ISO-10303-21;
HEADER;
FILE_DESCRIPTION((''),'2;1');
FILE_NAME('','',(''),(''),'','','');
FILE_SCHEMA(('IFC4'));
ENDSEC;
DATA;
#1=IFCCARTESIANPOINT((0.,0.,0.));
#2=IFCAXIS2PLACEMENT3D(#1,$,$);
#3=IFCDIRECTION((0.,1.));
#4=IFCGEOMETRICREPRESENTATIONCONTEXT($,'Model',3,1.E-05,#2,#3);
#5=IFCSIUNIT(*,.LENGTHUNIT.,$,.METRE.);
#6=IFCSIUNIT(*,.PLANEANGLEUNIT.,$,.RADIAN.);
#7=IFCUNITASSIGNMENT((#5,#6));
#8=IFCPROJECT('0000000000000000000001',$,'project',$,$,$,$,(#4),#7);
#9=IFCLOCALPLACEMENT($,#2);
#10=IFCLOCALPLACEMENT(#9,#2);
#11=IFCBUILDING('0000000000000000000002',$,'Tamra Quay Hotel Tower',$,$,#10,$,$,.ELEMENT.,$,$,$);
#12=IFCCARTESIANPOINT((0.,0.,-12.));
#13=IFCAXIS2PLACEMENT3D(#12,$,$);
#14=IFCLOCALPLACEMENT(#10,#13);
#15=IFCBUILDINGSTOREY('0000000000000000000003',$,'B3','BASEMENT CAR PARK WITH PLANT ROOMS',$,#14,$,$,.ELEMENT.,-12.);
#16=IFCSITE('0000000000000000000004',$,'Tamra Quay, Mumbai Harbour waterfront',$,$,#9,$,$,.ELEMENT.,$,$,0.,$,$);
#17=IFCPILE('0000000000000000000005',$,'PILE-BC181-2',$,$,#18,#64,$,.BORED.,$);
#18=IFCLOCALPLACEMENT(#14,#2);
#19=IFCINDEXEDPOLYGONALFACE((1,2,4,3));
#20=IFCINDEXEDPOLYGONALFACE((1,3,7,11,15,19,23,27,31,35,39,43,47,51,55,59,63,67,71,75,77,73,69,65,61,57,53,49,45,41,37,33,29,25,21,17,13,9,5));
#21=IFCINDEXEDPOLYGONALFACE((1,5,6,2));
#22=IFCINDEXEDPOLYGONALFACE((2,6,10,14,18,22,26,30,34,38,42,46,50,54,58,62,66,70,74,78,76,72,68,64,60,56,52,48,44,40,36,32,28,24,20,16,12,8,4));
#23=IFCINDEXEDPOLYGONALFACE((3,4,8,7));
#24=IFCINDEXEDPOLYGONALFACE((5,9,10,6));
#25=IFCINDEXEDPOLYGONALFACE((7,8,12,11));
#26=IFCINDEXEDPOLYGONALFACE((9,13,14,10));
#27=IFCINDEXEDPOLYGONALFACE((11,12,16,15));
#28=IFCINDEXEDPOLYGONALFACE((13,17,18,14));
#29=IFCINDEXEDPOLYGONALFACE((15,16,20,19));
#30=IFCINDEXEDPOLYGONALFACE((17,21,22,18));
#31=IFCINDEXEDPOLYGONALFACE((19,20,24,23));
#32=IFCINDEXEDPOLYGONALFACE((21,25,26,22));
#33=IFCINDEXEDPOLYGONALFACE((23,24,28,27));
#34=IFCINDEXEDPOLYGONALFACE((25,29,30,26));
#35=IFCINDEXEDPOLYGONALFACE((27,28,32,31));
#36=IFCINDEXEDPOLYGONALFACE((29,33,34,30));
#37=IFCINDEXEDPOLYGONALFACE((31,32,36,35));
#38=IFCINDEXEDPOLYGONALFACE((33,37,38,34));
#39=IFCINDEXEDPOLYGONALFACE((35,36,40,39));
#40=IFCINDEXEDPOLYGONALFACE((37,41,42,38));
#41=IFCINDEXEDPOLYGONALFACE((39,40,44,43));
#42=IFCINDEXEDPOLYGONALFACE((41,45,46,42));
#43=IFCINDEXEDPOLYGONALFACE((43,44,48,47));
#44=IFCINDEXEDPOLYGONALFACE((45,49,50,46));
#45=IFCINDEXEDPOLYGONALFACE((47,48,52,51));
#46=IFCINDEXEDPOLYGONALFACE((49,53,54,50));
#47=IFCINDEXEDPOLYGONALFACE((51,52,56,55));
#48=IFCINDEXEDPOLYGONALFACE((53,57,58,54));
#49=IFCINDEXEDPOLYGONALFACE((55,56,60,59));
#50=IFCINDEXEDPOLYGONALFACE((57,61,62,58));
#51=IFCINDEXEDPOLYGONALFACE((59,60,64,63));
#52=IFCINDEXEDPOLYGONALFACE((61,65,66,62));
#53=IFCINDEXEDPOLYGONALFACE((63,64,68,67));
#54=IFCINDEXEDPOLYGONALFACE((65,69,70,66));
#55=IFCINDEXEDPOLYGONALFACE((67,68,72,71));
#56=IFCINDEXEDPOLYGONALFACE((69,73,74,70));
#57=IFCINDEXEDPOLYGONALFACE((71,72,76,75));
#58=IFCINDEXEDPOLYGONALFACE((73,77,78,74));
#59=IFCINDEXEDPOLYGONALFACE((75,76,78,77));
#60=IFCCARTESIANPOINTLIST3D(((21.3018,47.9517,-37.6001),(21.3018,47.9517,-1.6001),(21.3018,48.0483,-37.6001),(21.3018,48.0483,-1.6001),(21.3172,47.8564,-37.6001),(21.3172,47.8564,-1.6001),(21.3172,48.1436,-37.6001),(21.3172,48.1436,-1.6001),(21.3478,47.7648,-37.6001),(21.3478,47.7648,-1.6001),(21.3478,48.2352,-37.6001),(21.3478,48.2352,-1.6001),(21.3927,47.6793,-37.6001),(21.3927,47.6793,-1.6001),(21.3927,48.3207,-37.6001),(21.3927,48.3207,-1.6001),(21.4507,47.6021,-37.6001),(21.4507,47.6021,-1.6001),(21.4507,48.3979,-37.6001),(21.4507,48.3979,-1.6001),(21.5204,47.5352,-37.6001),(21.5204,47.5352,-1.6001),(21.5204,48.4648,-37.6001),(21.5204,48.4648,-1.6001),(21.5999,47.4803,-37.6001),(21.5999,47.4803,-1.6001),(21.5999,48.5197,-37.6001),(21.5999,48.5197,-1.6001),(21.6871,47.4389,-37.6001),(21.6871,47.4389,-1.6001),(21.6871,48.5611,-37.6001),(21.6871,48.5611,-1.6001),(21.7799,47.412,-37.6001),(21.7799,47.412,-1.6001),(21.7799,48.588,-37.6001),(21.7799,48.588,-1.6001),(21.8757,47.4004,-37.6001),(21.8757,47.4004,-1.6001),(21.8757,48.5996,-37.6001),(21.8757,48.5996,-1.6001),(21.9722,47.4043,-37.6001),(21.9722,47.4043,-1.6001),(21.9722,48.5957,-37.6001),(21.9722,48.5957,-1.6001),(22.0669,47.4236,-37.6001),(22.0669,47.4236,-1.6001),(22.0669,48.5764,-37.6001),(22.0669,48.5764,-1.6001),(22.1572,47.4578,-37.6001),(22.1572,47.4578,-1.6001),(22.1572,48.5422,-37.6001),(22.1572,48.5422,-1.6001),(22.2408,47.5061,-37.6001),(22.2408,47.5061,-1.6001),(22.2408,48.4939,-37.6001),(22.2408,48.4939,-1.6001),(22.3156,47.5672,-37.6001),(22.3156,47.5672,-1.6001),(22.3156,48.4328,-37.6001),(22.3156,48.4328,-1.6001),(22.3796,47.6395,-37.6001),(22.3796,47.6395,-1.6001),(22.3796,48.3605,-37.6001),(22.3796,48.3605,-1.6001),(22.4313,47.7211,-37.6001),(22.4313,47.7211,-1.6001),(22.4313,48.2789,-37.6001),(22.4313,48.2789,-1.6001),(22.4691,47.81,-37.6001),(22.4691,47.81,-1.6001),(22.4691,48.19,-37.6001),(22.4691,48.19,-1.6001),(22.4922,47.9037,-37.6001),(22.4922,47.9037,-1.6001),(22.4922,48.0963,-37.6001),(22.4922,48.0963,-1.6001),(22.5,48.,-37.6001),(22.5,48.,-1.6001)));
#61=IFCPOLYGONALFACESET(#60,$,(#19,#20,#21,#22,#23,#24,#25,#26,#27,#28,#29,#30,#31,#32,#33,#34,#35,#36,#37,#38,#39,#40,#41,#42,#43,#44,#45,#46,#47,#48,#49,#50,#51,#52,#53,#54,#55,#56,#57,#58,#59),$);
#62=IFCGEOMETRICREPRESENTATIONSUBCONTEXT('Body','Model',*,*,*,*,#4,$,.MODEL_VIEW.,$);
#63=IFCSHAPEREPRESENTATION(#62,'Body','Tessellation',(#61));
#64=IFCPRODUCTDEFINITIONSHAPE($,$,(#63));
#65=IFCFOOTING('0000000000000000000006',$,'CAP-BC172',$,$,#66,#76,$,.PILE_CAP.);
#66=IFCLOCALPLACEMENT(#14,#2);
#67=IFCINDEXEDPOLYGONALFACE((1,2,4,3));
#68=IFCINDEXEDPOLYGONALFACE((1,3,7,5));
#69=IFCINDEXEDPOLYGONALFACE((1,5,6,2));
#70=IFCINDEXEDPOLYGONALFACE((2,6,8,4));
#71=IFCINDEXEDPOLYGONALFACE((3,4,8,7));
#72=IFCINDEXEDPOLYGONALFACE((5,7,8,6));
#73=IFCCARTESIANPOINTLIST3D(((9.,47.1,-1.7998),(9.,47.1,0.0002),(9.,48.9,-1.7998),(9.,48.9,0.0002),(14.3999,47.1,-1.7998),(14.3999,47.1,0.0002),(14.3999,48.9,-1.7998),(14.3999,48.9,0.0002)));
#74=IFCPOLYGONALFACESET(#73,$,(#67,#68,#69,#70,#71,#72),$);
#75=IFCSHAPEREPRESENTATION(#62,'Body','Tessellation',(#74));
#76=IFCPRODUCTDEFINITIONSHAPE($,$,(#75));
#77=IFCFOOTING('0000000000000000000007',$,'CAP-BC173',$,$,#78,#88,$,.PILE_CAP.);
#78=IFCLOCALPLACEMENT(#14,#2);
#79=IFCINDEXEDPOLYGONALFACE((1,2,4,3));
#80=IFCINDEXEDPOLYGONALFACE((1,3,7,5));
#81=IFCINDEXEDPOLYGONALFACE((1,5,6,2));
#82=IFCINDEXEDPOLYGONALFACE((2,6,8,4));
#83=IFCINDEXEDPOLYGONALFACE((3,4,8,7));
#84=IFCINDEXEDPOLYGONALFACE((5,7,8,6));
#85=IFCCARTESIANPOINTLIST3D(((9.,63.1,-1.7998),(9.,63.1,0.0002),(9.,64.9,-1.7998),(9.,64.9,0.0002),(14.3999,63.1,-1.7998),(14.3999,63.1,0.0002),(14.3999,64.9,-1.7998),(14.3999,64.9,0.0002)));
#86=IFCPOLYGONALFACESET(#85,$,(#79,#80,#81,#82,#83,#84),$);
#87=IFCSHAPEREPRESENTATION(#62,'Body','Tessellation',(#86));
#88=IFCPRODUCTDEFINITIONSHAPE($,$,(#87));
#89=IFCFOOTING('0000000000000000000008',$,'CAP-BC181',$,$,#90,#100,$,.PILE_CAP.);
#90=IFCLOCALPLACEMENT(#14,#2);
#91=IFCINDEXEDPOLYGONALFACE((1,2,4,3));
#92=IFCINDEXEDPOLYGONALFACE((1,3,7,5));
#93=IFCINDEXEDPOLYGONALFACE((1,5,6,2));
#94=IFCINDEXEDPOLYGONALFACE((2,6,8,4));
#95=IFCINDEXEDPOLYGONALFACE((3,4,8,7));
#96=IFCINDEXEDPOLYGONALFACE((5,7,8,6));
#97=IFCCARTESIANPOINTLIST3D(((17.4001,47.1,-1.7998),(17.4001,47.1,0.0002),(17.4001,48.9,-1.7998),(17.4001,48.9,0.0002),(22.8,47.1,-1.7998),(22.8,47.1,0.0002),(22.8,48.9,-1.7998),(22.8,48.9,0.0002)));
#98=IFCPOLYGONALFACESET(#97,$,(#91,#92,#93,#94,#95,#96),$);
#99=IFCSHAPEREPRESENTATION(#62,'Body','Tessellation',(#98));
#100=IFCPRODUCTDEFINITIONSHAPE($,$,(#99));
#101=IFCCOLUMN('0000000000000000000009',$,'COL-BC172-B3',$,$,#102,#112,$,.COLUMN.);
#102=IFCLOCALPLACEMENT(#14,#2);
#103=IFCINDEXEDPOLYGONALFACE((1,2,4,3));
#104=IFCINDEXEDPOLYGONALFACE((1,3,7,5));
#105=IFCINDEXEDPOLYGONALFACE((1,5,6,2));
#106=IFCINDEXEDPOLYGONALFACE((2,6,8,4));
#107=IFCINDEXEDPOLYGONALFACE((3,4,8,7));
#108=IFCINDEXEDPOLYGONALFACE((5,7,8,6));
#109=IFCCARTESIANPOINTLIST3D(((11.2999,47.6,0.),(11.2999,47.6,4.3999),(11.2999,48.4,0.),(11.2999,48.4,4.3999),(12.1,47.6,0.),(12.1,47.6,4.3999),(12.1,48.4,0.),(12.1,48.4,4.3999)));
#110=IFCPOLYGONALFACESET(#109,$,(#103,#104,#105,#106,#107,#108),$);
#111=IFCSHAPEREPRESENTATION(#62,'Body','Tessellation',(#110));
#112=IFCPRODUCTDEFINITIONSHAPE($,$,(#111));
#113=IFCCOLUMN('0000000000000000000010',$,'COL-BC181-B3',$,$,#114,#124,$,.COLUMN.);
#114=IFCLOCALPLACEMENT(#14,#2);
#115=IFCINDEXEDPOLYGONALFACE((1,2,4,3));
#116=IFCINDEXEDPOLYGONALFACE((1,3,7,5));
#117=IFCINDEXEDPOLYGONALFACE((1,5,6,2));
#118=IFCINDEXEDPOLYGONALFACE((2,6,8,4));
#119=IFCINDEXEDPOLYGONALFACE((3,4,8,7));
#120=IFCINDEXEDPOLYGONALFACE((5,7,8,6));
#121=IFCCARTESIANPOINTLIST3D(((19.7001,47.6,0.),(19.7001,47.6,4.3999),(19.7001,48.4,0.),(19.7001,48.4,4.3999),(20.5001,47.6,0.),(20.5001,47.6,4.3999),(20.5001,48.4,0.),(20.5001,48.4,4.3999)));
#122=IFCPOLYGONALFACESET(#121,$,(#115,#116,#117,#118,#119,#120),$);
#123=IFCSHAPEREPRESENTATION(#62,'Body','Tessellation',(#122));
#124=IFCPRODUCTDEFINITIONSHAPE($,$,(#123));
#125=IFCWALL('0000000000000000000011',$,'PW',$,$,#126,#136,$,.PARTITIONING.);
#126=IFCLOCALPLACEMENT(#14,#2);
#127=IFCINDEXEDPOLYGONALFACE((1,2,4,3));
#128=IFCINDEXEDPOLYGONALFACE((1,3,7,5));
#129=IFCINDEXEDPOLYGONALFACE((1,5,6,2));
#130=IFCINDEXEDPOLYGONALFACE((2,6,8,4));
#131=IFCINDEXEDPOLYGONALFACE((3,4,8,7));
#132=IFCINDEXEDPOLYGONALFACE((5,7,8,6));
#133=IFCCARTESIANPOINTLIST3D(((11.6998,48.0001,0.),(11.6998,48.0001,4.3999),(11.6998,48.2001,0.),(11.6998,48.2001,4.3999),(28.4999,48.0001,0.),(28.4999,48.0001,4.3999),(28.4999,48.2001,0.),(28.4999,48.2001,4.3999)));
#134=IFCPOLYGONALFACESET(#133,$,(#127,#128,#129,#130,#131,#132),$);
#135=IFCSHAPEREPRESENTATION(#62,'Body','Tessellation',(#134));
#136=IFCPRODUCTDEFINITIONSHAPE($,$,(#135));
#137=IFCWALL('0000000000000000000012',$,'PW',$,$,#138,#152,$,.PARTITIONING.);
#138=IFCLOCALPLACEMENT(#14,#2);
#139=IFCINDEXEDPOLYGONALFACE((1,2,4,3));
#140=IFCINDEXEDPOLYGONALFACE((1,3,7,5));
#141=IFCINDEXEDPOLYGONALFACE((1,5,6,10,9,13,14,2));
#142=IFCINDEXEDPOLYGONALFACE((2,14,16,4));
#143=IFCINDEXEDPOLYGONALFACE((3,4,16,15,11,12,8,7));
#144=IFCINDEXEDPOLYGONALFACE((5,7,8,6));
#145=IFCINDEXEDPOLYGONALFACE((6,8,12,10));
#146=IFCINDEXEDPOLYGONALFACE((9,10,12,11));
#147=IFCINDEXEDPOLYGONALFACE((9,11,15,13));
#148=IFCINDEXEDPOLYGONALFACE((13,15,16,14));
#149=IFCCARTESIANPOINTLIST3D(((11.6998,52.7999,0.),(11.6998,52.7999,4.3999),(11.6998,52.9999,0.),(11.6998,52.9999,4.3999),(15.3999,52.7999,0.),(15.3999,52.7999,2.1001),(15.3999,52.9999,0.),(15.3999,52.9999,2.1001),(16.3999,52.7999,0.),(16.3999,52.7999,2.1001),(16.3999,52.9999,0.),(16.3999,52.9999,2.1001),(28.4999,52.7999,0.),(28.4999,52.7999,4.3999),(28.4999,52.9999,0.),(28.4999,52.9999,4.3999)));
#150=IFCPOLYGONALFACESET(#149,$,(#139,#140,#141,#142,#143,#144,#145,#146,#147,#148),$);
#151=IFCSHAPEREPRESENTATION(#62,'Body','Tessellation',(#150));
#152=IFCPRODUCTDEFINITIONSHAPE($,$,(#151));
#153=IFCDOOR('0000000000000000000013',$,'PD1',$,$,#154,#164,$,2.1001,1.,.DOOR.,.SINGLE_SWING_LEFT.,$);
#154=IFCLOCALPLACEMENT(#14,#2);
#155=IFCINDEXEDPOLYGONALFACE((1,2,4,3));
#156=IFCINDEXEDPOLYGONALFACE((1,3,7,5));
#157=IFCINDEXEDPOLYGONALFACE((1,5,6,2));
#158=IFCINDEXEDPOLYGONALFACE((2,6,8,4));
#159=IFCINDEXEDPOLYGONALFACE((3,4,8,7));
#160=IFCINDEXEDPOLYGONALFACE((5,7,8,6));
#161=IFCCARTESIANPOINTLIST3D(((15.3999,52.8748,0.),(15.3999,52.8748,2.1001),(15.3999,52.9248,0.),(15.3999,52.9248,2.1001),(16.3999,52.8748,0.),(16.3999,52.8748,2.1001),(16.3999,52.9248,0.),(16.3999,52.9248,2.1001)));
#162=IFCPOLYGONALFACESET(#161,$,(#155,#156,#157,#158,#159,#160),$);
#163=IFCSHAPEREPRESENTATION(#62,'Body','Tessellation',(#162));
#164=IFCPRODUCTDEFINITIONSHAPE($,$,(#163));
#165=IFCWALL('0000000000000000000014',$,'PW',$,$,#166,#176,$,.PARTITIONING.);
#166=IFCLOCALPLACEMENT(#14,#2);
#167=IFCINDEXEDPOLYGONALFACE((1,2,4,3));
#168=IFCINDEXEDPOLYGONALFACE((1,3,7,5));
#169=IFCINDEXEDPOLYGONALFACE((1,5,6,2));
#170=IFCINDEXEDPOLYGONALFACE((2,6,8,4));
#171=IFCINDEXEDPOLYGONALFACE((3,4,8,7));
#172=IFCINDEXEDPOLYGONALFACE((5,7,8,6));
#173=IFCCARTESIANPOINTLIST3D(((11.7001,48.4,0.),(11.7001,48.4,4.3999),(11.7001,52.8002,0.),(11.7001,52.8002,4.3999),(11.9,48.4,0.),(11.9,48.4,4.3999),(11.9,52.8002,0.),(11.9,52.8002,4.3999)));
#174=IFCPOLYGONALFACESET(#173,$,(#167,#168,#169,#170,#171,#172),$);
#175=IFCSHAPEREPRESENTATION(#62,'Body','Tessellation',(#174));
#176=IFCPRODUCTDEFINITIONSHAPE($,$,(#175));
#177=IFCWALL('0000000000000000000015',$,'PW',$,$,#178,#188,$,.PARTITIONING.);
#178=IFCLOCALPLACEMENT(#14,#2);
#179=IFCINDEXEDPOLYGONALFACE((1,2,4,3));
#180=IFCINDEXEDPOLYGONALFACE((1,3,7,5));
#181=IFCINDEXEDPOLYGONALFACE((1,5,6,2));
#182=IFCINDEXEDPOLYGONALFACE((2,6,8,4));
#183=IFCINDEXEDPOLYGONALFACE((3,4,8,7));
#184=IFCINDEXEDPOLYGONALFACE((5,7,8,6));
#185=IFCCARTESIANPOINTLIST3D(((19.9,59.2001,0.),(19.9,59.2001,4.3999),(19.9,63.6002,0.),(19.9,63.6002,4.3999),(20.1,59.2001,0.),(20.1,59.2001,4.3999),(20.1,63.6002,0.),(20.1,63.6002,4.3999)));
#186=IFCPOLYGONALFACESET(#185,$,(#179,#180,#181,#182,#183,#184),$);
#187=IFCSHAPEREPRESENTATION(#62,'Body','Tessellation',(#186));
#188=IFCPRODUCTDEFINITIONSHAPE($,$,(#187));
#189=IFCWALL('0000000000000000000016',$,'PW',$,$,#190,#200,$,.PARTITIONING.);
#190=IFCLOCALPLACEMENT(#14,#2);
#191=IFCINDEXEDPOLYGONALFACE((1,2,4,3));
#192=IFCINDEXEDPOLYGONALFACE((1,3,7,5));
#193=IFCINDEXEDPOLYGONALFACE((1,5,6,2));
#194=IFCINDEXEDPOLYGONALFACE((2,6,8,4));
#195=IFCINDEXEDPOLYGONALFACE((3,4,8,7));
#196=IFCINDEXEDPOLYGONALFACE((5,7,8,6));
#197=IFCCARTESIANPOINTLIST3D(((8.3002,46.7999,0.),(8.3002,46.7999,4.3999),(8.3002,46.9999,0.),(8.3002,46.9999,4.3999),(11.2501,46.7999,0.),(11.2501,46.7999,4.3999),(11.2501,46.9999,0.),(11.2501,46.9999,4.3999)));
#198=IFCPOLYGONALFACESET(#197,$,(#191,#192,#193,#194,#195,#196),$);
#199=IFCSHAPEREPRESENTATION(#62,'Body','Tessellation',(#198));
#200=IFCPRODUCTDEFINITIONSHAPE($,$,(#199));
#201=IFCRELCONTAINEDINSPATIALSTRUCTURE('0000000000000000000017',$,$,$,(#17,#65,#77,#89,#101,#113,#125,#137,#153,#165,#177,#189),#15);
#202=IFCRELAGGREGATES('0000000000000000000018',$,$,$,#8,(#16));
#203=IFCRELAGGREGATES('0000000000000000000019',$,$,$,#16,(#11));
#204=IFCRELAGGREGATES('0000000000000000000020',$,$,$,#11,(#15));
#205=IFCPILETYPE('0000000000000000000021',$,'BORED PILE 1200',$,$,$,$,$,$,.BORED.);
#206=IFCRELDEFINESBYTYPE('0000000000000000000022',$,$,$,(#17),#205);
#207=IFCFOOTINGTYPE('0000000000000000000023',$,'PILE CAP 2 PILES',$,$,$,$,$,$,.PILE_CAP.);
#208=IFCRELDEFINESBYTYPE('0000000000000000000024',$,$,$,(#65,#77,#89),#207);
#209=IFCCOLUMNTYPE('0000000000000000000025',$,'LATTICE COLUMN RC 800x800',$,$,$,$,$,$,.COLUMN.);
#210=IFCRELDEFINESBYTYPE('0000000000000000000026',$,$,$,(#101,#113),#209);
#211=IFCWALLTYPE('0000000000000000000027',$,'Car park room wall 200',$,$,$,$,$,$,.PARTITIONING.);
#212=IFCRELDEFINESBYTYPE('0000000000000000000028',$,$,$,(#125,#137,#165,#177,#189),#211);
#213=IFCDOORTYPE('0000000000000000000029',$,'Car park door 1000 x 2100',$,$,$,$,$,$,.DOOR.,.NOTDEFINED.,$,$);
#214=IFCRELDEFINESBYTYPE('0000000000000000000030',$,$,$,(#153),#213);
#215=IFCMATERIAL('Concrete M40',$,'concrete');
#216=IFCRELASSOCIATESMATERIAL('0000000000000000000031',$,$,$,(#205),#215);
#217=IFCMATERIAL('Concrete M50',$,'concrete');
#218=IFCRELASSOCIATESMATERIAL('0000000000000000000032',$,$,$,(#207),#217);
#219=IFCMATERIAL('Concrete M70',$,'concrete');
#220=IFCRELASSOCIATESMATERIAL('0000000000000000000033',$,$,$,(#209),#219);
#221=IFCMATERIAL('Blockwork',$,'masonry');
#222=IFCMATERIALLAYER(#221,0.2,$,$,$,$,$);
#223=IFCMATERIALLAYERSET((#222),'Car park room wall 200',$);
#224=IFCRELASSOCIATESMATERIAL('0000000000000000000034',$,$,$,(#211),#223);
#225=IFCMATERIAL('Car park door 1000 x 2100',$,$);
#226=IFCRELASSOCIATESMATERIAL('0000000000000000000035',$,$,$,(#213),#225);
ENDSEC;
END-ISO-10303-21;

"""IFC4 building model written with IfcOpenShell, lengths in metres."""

from ifc_helpers import new_model, si_unit, direction, frame, frame_2d, origin, origin_2d, place, context, subcontext, project, spatial, rectangle, circle, extrude, material, layer, layer_set, material_profile, profile_set, type_object, element, fill, save


model = new_model("IFC4")

# Units and contexts
model_context = context("Model", 3, precision=1e-05, world=origin(), true_north=direction((0.0, 1.0)))
body_context = subcontext(model_context, "Body", "Model", "MODEL_VIEW")
ifc_project = project(units=[si_unit("LENGTHUNIT", "METRE"), si_unit("PLANEANGLEUNIT", "RADIAN")], contexts=[model_context])

# Site, building, storey
site_placement = place(None, origin())
site = spatial("IfcSite", under=ifc_project, at=site_placement, Name="Tamra Quay, Mumbai Harbour waterfront", CompositionType="ELEMENT", RefElevation=0.0)
building_placement = place(site_placement, origin())
building = spatial("IfcBuilding", under=site, at=building_placement, Name="Tamra Quay Hotel Tower", CompositionType="ELEMENT")
storey_placement = place(building_placement, frame((0.0, 0.0, -12.0)))
storey = spatial("IfcBuildingStorey", under=building, at=storey_placement, Name="B3", Description="BASEMENT CAR PARK WITH PLANT ROOMS", CompositionType="ELEMENT", Elevation=-12.0)

# Pile
ifc_material_1 = material(Name="Concrete M40", Category="concrete")
ifc_material_profile_1 = material_profile(ifc_material_1, circle(Radius=0.6001, at=origin_2d()), Name="BORED PILE 1200")
ifc_profile_set_1 = profile_set([ifc_material_profile_1], Name="Concrete M40")
pile_type = type_object("IfcPileType", Name="BORED PILE 1200", PredefinedType="BORED", material=ifc_profile_set_1)
for number, where, z_axis, x_axis, name in (
    (1, (21.8999, 48.0, -1.6001), (0.0, 0.0, -1.0), (1.0, 0.0, 0.0), "PILE-BC181-2"),
):
    element("IfcPile", number, at=place(storey_placement, frame(where, z_axis=z_axis, x_axis=x_axis)), inside=storey, type_object=pile_type, Name=name, PredefinedType="BORED", context=body_context, shape_type="SweptSolid", body=[
        extrude(circle(Radius=0.6001, at=origin_2d()), origin(), (0.0, 0.0, 1.0), 36.0),
    ])

# Footings
ifc_material_2 = material(Name="Concrete M50", Category="concrete")
footing_type = type_object("IfcFootingType", Name="PILE CAP 2 PILES", PredefinedType="PILE_CAP", material=ifc_material_2)
for number, where, z_axis, x_axis, name in (
    (2, (11.7, 48.0, -1.7998), (0.0, 0.0, 1.0), (1.0, 0.0, 0.0), "CAP-BC172"),
    (3, (11.7, 64.0, -1.7998), (0.0, 0.0, 1.0), (1.0, 0.0, 0.0), "CAP-BC173"),
    (4, (20.1001, 48.0, -1.7998), (0.0, 0.0, 1.0), (1.0, 0.0, 0.0), "CAP-BC181"),
):
    element("IfcFooting", number, at=place(storey_placement, frame(where, z_axis=z_axis, x_axis=x_axis)), inside=storey, type_object=footing_type, Name=name, PredefinedType="PILE_CAP", context=body_context, shape_type="SweptSolid", body=[
        extrude(rectangle(XDim=5.3999, YDim=1.8, at=origin_2d()), origin(), (0.0, 0.0, 1.0), 1.8),
    ])

# Columns
ifc_material_3 = material(Name="Concrete M70", Category="concrete")
ifc_material_profile_2 = material_profile(ifc_material_3, rectangle(XDim=0.8, YDim=0.8, at=origin_2d()), Name="LATTICE COLUMN RC 800x800")
ifc_profile_set_2 = profile_set([ifc_material_profile_2], Name="Concrete M70")
column_type = type_object("IfcColumnType", Name="LATTICE COLUMN RC 800x800", PredefinedType="COLUMN", material=ifc_profile_set_2)
for number, where, z_axis, x_axis, name in (
    (5, (11.7, 48.0, 0.0), (0.0, 0.0, 1.0), (1.0, 0.0, 0.0), "COL-BC172-B3"),
    (6, (20.1001, 48.0, 0.0), (0.0, 0.0, 1.0), (1.0, 0.0, 0.0), "COL-BC181-B3"),
):
    element("IfcColumn", number, at=place(storey_placement, frame(where, z_axis=z_axis, x_axis=x_axis)), inside=storey, type_object=column_type, Name=name, PredefinedType="COLUMN", context=body_context, shape_type="SweptSolid", body=[
        extrude(rectangle(XDim=0.8, YDim=0.8, at=origin_2d()), origin(), (0.0, 0.0, 1.0), 4.3999),
    ])

# Wall
ifc_material_4 = material(Name="Blockwork", Category="masonry")
ifc_layer_1 = layer(ifc_material_4, 0.2)
ifc_layer_set_1 = layer_set([ifc_layer_1], Name="Car park room wall 200")
wall_type_1 = type_object("IfcWallType", Name="Car park room wall 200", PredefinedType="PARTITIONING", material=ifc_layer_set_1)
wall_1_placement = place(storey_placement, frame((11.7, 48.1001, 0.0), z_axis=(0.0, 0.0, 1.0), x_axis=(1.0, 0.0, 0.0)))
element("IfcWall", 7, at=wall_1_placement, inside=storey, type_object=wall_type_1, Name="PW", PredefinedType="PARTITIONING", context=body_context, shape_type="SweptSolid", body=[
    extrude(rectangle(XDim=16.8, YDim=0.2, at=frame_2d((8.3999, 0.0))), origin(), (0.0, 0.0, 1.0), 4.3999),
])

# Wall, opening, door
wall_2_placement = place(storey_placement, frame((11.7, 52.8999, 0.0), z_axis=(0.0, 0.0, 1.0), x_axis=(1.0, 0.0, 0.0)))
wall_2 = element("IfcWall", 8, at=wall_2_placement, inside=storey, type_object=wall_type_1, Name="PW", PredefinedType="PARTITIONING", context=body_context, shape_type="SweptSolid", body=[
    extrude(rectangle(XDim=16.8, YDim=0.2, at=frame_2d((8.3999, 0.0))), origin(), (0.0, 0.0, 1.0), 4.3999),
])
opening_1_placement = place(wall_2_placement, frame((3.7, 0.0, 0.0)))
opening_1 = element("IfcOpeningElement", 9, at=opening_1_placement, cuts=wall_2, PredefinedType="OPENING", context=body_context, shape_type="SweptSolid", body=[
    extrude(rectangle(XDim=1.0, YDim=2.1001, at=frame_2d((0.5, 1.05))), frame((0.0, 0.1099, 0.0), z_axis=(0.0, -1.0, 0.0), x_axis=(1.0, 0.0, 0.0)), (0.0, 0.0, 1.0), 0.22),
])
ifc_material_5 = material(Name="Car park door 1000 x 2100")
door_type = type_object("IfcDoorType", Name="Car park door 1000 x 2100", OperationType="NOTDEFINED", PredefinedType="DOOR", material=ifc_material_5)
door_1_placement = place(opening_1_placement, origin())
door_1 = element("IfcDoor", 10, at=door_1_placement, inside=storey, type_object=door_type, Name="PD1", OperationType="SINGLE_SWING_LEFT", OverallHeight=2.1001, OverallWidth=1.0, PredefinedType="DOOR", context=body_context, shape_type="SweptSolid", body=[
    extrude(rectangle(XDim=1.0, YDim=2.1001, at=frame_2d((0.5, 1.05))), frame((0.0, 0.0249, 0.0), z_axis=(0.0, -1.0, 0.0), x_axis=(1.0, 0.0, 0.0)), (0.0, 0.0, 1.0), 0.05),
])
fill(opening_1, door_1)

# Walls
for number, where, z_axis, x_axis, name in (
    (11, (11.8, 48.3999, 0.0), (0.0, 0.0, 1.0), (0.0, 1.0, 0.0), "PW"),
    (12, (20.0, 59.2, 0.0), (0.0, 0.0, 1.0), (0.0, 1.0, 0.0), "PW"),
):
    element("IfcWall", number, at=place(storey_placement, frame(where, z_axis=z_axis, x_axis=x_axis)), inside=storey, type_object=wall_type_1, Name=name, PredefinedType="PARTITIONING", context=body_context, shape_type="SweptSolid", body=[
        extrude(rectangle(XDim=4.4001, YDim=0.2, at=frame_2d((2.2002, 0.0))), origin(), (0.0, 0.0, 1.0), 4.3999),
    ])
wall_3_placement = place(storey_placement, frame((8.3, 46.8999, 0.0), z_axis=(0.0, 0.0, 1.0), x_axis=(1.0, 0.0, 0.0)))
element("IfcWall", 13, at=wall_3_placement, inside=storey, type_object=wall_type_1, Name="PW", PredefinedType="PARTITIONING", context=body_context, shape_type="SweptSolid", body=[
    extrude(rectangle(XDim=2.95, YDim=0.2, at=frame_2d((1.4751, 0.0))), origin(), (0.0, 0.0, 1.0), 4.3999),
])

save(model, "model.ifc")
